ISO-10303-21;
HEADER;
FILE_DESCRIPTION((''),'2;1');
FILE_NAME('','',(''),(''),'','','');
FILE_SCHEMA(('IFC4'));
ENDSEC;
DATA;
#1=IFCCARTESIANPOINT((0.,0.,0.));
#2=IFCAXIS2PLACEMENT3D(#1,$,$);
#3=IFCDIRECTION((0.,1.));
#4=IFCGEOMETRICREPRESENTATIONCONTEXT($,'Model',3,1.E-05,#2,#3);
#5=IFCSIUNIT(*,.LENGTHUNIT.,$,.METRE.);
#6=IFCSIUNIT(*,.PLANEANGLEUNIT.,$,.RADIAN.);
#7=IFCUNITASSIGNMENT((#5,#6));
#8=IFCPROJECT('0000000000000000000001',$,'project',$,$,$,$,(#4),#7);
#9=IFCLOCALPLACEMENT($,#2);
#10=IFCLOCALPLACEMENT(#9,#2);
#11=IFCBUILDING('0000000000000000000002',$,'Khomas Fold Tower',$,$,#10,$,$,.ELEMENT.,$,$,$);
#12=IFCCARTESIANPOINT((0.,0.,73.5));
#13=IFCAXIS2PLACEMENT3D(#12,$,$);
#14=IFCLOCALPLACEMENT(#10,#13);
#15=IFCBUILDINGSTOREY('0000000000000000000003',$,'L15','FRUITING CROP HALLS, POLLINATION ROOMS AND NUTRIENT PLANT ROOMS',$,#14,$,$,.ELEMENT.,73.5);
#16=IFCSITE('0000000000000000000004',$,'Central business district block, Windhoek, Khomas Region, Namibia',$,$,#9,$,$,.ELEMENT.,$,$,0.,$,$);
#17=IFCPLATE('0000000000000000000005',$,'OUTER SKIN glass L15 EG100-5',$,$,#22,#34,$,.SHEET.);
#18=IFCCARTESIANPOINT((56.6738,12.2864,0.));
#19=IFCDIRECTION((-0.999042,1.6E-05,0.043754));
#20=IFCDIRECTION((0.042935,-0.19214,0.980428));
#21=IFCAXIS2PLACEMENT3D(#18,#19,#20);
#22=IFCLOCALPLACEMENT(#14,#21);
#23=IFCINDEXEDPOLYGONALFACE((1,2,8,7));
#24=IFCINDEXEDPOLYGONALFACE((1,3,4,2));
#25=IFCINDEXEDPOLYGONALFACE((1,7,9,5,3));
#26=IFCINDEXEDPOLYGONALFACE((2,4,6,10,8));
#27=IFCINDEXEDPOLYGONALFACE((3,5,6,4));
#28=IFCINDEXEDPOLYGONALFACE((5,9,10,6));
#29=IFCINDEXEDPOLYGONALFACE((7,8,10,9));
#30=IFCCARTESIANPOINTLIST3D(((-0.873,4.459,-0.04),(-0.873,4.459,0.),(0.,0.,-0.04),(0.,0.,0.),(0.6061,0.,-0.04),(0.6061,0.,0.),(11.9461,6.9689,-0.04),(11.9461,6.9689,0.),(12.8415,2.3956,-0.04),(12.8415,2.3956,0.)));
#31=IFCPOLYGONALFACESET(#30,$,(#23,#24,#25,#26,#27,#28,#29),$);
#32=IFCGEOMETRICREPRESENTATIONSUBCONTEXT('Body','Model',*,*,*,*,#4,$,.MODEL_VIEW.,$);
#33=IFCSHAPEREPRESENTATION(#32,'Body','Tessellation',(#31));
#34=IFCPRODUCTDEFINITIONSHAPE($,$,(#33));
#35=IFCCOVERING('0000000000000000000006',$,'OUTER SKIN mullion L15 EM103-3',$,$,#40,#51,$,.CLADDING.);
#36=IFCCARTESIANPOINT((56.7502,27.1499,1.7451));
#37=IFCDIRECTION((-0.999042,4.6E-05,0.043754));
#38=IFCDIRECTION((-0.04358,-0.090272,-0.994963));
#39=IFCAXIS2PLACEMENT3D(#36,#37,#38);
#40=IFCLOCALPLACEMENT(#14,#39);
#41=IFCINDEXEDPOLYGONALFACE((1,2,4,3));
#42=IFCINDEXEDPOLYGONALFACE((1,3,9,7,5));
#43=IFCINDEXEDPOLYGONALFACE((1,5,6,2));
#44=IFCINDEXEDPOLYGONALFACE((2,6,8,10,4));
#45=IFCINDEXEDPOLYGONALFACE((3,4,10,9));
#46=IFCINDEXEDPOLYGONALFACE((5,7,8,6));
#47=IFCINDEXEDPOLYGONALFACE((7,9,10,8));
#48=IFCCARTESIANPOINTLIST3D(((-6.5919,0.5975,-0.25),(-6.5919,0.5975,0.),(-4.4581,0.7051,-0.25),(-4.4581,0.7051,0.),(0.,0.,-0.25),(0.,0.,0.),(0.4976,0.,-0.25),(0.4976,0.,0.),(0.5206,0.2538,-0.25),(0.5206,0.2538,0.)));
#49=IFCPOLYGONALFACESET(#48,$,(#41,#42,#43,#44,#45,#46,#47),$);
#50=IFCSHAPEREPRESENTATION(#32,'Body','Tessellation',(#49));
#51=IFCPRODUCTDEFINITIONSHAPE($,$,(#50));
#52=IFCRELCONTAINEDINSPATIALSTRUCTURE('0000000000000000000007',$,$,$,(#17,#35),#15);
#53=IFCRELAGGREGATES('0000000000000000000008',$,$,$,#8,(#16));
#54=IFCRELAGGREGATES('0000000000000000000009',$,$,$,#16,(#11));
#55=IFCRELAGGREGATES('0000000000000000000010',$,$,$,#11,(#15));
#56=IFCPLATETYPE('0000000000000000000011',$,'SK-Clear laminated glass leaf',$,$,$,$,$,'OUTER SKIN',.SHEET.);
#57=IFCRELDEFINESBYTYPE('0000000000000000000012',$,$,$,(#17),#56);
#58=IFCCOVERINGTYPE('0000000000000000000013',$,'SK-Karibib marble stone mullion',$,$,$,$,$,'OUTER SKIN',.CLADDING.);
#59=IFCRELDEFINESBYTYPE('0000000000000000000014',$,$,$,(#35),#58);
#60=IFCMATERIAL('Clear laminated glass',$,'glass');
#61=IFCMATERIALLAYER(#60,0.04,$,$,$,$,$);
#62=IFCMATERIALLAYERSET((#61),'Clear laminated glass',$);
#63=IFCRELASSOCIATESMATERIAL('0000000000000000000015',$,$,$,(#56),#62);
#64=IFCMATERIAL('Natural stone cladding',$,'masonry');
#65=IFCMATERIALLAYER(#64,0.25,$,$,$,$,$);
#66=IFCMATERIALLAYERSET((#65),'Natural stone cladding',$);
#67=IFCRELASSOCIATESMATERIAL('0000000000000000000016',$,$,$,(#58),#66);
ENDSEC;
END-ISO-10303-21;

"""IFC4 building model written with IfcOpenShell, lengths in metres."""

from ifc_helpers import new_model, si_unit, direction, frame, origin, place, context, subcontext, project, spatial, polyline, outline, extrude, material, layer, layer_set, type_object, element, save


model = new_model("IFC4")

# Units and contexts
model_context = context("Model", 3, precision=1e-05, world=origin(), true_north=direction((0.0, 1.0)))
body_context = subcontext(model_context, "Body", "Model", "MODEL_VIEW")
ifc_project = project(units=[si_unit("LENGTHUNIT", "METRE"), si_unit("PLANEANGLEUNIT", "RADIAN")], contexts=[model_context])

# Site, building, storey
site_placement = place(None, origin())
site = spatial("IfcSite", under=ifc_project, at=site_placement, Name="Central business district block, Windhoek, Khomas Region, Namibia", CompositionType="ELEMENT", RefElevation=0.0)
building_placement = place(site_placement, origin())
building = spatial("IfcBuilding", under=site, at=building_placement, Name="Khomas Fold Tower", CompositionType="ELEMENT")
storey_placement = place(building_placement, frame((0.0, 0.0, 73.5)))
storey = spatial("IfcBuildingStorey", under=building, at=storey_placement, Name="L15", Description="FRUITING CROP HALLS, POLLINATION ROOMS AND NUTRIENT PLANT ROOMS", CompositionType="ELEMENT", Elevation=73.5)

# Plate
ifc_material_1 = material(Name="Clear laminated glass", Category="glass")
ifc_layer_1 = layer(ifc_material_1, 0.04)
ifc_layer_set_1 = layer_set([ifc_layer_1], Name="Clear laminated glass")
plate_type_1 = type_object("IfcPlateType", Name="SK-Clear laminated glass leaf", ElementType="OUTER SKIN", PredefinedType="SHEET", material=ifc_layer_set_1)
plate_1_placement = place(storey_placement, frame((56.6738, 12.2864, 0.0), z_axis=(-0.999042, 0.000016, 0.043754), x_axis=(0.042935, -0.19214, 0.980428)))
element("IfcPlate", 1, at=plate_1_placement, inside=storey, type_object=plate_type_1, Name="OUTER SKIN glass L15 EG100-5", PredefinedType="SHEET", context=body_context, shape_type="SweptSolid", body=[
    extrude(outline(polyline([(0.0, 0.0), (0.6061, 0.0), (12.8415, 2.3956), (11.9461, 6.9689), (-0.873, 4.459), (0.0, 0.0)])), origin(), (0.0, 0.0, -1.0), 0.04),
])

# Covering
ifc_material_2 = material(Name="Natural stone cladding", Category="masonry")
ifc_layer_2 = layer(ifc_material_2, 0.25)
ifc_layer_set_2 = layer_set([ifc_layer_2], Name="Natural stone cladding")
covering_type = type_object("IfcCoveringType", Name="SK-Karibib marble stone mullion", ElementType="OUTER SKIN", PredefinedType="CLADDING", material=ifc_layer_set_2)
covering_1_placement = place(storey_placement, frame((56.7502, 27.1499, 1.7451), z_axis=(-0.999042, 0.000046, 0.043754), x_axis=(-0.04358, -0.090272, -0.994963)))
element("IfcCovering", 2, at=covering_1_placement, inside=storey, type_object=covering_type, Name="OUTER SKIN mullion L15 EM103-3", PredefinedType="CLADDING", context=body_context, shape_type="SweptSolid", body=[
    extrude(outline(polyline([(0.0, 0.0), (0.4976, 0.0), (0.5206, 0.2538), (-4.4581, 0.7051), (-6.5919, 0.5975), (0.0, 0.0)])), origin(), (0.0, 0.0, -1.0), 0.25),
])

save(model, "model.ifc")
